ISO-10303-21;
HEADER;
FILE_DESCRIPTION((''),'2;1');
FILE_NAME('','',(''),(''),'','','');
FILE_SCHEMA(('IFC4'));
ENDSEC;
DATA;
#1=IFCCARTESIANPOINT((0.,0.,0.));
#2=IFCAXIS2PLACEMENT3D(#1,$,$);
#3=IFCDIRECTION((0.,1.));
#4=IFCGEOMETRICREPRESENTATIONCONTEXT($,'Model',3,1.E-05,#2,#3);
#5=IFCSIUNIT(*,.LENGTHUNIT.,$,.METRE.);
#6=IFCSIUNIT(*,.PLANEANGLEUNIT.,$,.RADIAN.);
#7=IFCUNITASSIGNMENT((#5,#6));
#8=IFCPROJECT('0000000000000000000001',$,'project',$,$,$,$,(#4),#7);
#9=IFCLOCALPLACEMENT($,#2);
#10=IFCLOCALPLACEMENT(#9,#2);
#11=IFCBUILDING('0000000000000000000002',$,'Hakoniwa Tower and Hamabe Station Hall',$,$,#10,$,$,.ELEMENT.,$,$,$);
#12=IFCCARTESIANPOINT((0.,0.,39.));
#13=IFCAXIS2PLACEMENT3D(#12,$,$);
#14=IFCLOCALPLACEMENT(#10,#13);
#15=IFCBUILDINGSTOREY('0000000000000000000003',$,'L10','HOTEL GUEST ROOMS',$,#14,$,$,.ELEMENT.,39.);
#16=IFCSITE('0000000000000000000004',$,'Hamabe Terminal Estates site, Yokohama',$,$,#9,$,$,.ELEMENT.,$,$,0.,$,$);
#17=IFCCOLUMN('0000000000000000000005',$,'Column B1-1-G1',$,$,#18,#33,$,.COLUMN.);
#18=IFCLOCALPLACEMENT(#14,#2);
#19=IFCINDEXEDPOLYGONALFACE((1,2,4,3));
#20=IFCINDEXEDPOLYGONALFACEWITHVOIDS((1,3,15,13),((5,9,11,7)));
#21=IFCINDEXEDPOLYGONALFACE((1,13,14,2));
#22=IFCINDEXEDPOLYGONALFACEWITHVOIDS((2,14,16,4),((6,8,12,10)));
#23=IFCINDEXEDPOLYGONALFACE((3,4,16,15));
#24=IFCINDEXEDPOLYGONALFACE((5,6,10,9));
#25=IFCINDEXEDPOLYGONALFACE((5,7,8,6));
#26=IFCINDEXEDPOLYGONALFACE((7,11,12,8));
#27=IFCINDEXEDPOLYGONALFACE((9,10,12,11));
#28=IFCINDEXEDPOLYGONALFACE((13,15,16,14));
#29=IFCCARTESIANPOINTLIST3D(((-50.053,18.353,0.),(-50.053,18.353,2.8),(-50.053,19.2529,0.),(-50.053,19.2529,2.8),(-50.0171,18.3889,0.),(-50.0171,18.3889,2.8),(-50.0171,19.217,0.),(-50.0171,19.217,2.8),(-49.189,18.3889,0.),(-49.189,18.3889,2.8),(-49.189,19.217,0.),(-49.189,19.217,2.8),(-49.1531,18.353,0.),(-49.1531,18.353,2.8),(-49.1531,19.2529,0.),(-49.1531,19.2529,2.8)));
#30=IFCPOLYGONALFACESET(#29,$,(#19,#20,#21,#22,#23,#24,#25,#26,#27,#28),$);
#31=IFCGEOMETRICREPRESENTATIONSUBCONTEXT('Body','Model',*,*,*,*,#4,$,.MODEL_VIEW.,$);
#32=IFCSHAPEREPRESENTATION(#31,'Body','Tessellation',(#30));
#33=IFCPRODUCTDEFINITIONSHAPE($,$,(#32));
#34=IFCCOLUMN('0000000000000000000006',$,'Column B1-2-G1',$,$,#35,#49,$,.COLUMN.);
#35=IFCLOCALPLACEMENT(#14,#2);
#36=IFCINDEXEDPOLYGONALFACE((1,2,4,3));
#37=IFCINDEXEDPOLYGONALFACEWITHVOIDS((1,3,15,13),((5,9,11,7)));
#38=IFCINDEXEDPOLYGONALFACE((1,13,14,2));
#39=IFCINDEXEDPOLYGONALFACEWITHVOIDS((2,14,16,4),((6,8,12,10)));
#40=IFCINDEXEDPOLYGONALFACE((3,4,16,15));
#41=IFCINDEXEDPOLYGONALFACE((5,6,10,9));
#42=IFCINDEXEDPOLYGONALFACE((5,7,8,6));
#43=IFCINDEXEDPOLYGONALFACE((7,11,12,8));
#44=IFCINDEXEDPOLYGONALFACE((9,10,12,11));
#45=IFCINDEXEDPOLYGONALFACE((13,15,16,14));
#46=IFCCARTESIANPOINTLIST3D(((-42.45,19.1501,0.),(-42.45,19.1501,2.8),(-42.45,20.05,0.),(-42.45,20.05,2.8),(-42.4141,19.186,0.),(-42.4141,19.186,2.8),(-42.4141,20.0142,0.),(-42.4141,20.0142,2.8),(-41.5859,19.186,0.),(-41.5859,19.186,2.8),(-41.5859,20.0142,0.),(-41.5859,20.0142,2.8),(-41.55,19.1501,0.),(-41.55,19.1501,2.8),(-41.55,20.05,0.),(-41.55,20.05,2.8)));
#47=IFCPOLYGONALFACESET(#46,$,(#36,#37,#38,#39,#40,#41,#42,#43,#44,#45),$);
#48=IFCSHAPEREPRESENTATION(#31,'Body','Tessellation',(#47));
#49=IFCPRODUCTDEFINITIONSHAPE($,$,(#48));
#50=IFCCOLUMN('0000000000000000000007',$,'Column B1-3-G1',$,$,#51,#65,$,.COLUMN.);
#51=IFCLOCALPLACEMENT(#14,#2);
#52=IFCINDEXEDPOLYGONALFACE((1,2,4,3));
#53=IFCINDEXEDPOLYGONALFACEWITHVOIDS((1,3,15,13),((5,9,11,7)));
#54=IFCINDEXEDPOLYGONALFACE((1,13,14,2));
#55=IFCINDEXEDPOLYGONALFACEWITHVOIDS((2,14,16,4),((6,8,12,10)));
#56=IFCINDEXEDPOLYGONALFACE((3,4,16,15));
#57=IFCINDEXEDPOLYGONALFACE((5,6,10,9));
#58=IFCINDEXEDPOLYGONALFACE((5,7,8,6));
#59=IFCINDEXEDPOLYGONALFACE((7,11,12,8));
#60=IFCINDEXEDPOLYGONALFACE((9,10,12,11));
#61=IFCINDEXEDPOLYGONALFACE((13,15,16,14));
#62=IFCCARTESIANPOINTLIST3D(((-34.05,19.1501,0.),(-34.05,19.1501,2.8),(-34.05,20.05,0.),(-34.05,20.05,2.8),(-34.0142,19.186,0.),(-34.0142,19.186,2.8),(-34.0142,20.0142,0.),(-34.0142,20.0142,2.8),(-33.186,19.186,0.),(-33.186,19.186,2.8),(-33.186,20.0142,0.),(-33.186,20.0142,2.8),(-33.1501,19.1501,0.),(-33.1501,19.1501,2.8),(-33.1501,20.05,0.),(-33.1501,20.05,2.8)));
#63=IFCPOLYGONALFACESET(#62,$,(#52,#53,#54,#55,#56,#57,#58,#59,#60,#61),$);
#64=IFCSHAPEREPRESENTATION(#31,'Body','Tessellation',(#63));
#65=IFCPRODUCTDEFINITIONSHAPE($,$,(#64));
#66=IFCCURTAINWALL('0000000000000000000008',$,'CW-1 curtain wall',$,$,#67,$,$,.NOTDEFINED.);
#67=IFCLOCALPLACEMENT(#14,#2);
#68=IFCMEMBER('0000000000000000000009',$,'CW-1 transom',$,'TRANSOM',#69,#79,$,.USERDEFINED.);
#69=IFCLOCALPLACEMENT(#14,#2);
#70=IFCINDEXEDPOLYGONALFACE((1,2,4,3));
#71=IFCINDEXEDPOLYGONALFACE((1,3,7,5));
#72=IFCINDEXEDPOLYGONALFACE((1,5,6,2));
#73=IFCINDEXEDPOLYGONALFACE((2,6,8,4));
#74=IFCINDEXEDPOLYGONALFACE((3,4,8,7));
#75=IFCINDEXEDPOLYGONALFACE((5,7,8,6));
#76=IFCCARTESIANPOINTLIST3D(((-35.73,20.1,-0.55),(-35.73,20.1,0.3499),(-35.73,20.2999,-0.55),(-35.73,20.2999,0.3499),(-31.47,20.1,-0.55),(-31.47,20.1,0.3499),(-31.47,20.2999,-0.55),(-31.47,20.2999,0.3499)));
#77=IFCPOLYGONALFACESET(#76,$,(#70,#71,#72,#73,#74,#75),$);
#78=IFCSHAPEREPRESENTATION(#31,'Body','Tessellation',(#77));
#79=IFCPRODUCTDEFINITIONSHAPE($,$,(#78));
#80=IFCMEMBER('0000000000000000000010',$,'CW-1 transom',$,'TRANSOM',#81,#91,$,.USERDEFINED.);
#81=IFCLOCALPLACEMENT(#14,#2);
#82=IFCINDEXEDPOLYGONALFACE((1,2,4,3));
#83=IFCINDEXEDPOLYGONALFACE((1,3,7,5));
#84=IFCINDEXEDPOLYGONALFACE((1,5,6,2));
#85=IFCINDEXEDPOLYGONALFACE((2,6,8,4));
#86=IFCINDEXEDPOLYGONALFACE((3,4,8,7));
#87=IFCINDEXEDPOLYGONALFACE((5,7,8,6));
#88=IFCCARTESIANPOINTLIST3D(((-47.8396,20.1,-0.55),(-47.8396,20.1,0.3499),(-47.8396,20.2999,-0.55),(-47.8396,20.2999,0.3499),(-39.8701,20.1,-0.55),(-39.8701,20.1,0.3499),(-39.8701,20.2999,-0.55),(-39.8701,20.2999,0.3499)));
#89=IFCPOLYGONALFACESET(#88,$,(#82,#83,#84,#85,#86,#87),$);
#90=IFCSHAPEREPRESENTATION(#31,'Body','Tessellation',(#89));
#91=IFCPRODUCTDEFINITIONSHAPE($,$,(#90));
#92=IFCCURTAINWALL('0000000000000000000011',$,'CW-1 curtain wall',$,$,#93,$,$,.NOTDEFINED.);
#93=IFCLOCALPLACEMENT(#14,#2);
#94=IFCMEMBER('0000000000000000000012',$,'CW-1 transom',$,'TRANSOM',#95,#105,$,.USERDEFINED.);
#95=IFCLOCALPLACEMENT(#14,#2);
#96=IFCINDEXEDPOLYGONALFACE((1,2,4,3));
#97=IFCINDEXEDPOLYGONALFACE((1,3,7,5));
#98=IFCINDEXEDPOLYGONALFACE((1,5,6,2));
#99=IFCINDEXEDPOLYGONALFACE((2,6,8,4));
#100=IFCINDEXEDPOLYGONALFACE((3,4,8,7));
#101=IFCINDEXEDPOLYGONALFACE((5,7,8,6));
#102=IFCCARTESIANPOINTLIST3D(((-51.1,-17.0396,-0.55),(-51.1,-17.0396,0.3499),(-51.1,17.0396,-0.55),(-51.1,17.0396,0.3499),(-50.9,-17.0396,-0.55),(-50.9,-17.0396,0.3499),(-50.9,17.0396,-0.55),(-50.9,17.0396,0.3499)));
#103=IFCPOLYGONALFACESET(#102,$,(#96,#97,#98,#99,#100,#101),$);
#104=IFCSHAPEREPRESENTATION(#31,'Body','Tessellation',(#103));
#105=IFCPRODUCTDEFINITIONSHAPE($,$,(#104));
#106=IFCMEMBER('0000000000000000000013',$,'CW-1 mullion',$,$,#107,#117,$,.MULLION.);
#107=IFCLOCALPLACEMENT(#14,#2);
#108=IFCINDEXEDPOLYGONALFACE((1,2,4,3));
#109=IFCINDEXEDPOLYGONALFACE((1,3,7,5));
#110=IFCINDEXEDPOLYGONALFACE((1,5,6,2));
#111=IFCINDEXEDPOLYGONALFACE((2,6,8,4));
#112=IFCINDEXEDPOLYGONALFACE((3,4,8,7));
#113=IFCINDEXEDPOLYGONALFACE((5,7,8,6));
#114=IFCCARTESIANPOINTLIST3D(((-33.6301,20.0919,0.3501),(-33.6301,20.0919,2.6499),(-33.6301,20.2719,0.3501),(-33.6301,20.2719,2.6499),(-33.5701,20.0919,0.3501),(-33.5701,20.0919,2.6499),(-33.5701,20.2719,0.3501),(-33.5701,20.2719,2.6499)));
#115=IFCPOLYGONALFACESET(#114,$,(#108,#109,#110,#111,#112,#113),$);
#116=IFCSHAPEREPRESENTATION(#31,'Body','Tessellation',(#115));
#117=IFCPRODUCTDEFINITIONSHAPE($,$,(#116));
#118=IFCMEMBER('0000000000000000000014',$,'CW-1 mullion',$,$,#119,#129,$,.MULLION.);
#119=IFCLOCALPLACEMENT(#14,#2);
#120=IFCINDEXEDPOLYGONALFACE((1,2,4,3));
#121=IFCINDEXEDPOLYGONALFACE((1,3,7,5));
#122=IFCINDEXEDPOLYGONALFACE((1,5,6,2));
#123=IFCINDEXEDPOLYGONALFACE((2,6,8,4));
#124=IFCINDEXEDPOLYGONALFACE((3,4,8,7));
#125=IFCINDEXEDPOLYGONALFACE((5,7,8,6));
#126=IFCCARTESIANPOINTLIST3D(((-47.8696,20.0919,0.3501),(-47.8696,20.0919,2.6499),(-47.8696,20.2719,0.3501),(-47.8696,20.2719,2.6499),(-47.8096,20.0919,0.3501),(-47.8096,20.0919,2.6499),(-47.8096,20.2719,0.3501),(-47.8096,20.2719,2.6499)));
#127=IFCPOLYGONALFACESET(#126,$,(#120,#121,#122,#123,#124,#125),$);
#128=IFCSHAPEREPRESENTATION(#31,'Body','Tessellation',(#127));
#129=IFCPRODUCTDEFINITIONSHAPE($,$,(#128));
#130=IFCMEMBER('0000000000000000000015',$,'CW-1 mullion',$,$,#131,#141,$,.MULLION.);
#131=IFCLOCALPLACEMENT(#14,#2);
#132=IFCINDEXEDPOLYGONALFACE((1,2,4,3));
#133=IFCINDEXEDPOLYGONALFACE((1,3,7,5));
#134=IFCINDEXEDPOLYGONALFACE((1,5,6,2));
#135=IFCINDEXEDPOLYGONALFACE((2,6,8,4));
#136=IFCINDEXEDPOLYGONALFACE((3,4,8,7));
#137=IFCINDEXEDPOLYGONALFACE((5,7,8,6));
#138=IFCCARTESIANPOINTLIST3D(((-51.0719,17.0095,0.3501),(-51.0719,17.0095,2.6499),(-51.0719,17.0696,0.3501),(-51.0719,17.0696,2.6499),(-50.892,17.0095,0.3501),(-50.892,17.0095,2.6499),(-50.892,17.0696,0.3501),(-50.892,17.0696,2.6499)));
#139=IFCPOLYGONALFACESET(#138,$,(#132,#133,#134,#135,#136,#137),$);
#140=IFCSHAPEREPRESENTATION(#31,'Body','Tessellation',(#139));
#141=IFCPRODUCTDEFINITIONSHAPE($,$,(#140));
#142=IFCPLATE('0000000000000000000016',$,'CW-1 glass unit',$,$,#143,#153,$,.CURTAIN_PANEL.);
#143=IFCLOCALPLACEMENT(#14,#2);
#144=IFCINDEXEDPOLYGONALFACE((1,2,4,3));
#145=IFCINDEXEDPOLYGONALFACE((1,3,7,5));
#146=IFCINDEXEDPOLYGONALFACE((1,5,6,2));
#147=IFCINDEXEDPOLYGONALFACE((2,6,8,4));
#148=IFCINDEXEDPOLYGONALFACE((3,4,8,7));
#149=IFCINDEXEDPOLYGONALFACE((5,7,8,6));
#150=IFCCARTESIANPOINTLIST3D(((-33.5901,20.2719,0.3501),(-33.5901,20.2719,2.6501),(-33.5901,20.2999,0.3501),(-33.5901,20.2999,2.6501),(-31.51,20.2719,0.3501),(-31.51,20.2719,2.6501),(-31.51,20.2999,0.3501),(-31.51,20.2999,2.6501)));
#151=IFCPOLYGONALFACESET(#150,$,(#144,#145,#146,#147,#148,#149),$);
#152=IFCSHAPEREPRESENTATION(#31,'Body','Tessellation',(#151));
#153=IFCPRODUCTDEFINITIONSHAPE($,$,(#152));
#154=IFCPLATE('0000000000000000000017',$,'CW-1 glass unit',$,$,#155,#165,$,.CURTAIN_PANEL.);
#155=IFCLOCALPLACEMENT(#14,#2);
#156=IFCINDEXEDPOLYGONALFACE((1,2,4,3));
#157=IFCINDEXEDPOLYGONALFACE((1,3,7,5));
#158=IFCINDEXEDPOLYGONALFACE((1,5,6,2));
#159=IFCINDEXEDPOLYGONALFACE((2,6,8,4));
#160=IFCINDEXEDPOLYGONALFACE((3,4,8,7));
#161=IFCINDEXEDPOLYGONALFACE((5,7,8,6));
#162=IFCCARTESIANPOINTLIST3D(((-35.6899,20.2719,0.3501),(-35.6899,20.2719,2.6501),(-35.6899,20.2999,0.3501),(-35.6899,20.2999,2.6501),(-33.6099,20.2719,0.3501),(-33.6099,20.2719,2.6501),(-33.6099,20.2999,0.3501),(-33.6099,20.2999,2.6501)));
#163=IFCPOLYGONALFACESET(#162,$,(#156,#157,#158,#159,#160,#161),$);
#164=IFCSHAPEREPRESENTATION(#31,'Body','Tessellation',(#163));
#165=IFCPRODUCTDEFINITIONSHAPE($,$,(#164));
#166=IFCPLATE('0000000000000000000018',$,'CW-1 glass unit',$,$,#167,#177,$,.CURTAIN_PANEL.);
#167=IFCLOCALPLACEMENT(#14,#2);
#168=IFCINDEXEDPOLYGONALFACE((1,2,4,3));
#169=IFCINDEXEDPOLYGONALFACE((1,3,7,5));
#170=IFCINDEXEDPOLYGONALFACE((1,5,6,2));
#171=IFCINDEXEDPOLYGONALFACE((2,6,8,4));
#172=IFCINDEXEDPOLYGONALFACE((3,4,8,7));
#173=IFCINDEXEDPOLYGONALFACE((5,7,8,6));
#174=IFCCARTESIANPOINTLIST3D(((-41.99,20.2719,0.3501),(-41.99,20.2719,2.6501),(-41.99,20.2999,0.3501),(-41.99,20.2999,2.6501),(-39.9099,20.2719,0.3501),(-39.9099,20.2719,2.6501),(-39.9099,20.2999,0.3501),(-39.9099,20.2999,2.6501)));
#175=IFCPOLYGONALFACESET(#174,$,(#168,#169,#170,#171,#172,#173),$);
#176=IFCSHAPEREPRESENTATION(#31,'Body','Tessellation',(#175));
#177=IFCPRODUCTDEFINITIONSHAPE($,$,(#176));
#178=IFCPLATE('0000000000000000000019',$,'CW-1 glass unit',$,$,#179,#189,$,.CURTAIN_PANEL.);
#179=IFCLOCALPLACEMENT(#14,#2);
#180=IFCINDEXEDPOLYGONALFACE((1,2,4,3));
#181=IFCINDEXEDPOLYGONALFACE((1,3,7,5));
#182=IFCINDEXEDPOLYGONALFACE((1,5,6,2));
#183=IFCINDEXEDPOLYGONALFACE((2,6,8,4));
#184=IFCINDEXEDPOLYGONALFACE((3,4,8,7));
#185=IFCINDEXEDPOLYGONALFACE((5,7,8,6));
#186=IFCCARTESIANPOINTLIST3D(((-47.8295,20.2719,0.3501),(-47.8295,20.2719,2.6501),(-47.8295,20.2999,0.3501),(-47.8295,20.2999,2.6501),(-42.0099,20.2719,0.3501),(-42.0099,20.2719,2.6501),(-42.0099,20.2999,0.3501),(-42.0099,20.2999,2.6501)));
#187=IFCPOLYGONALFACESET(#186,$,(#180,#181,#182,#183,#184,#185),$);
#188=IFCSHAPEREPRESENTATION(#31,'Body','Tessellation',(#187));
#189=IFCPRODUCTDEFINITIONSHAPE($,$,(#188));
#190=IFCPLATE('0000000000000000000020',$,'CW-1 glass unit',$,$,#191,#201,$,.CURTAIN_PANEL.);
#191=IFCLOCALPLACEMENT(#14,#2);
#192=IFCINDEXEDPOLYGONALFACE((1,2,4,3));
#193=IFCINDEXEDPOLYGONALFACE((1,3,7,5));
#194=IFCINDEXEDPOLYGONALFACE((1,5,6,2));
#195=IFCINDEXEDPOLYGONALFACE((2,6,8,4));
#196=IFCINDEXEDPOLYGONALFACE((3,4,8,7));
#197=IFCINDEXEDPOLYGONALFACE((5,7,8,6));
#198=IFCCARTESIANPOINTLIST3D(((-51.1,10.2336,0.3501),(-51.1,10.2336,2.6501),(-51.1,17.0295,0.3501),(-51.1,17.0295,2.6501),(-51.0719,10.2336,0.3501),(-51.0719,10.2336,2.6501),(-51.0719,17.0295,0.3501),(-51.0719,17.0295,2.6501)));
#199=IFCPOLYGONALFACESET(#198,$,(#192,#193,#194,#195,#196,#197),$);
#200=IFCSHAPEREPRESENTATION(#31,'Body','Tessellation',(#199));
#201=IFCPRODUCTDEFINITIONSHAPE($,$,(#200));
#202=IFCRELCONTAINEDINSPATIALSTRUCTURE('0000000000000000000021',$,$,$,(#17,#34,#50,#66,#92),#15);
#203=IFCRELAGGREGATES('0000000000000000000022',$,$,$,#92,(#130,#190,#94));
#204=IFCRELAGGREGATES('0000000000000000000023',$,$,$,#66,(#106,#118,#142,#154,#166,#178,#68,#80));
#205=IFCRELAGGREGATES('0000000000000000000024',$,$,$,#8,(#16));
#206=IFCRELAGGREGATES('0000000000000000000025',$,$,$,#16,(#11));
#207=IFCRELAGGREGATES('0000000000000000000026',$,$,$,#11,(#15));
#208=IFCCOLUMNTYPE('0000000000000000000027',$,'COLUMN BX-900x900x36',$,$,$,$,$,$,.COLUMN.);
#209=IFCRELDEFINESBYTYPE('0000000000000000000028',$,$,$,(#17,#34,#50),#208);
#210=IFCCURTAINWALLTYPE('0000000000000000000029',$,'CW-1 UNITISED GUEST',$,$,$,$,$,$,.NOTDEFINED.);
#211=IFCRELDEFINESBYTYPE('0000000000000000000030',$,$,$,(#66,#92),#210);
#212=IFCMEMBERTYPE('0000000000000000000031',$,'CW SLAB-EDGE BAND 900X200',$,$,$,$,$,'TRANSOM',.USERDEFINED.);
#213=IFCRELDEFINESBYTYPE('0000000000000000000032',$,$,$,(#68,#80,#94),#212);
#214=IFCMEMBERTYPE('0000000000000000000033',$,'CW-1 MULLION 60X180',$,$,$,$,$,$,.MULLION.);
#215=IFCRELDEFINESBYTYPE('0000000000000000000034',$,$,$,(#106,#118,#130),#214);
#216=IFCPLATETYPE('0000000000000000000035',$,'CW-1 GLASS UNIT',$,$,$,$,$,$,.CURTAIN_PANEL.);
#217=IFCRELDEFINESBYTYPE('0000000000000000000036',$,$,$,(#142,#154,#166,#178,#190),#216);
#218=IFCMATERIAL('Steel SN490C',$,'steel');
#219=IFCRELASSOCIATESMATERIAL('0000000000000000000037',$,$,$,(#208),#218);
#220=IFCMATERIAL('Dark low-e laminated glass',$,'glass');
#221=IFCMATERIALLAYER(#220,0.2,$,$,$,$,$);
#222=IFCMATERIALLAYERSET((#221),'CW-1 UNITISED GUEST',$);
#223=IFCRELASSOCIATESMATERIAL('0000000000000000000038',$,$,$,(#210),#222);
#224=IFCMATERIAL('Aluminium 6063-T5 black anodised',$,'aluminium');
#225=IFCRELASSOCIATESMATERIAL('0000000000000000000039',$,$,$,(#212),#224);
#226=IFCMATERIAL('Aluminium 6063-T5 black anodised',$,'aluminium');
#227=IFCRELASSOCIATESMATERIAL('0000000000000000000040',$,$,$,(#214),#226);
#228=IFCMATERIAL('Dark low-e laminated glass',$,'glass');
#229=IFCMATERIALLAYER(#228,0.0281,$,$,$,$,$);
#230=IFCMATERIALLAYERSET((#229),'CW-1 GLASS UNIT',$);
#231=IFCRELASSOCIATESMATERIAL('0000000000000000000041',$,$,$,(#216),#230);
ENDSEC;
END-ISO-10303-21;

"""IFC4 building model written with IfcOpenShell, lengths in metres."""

from ifc_helpers import new_model, si_unit, direction, frame, origin, origin_2d, place, context, subcontext, project, spatial, rectangle, hollow_rectangle, extrude, material, layer, layer_set, material_profile, profile_set, type_object, element, aggregate, save


model = new_model("IFC4")

# Units and contexts
model_context = context("Model", 3, precision=1e-05, world=origin(), true_north=direction((0.0, 1.0)))
body_context = subcontext(model_context, "Body", "Model", "MODEL_VIEW")
ifc_project = project(units=[si_unit("LENGTHUNIT", "METRE"), si_unit("PLANEANGLEUNIT", "RADIAN")], contexts=[model_context])

# Site, building, storey
site_placement = place(None, origin())
site = spatial("IfcSite", under=ifc_project, at=site_placement, Name="Hamabe Terminal Estates site, Yokohama", CompositionType="ELEMENT", RefElevation=0.0)
building_placement = place(site_placement, origin())
building = spatial("IfcBuilding", under=site, at=building_placement, Name="Hakoniwa Tower and Hamabe Station Hall", CompositionType="ELEMENT")
storey_placement = place(building_placement, frame((0.0, 0.0, 39.0)))
storey = spatial("IfcBuildingStorey", under=building, at=storey_placement, Name="L10", Description="HOTEL GUEST ROOMS", CompositionType="ELEMENT", Elevation=39.0)

# Columns
ifc_material_1 = material(Name="Steel SN490C", Category="steel")
ifc_material_profile_1 = material_profile(ifc_material_1, hollow_rectangle(XDim=0.8999, YDim=0.8999, WallThickness=0.0359, at=origin_2d()), Name="BX-900x900x36")
ifc_profile_set_1 = profile_set([ifc_material_profile_1], Name="Steel SN490C")
column_type = type_object("IfcColumnType", Name="COLUMN BX-900x900x36", PredefinedType="COLUMN", material=ifc_profile_set_1)
for number, where, z_axis, x_axis, name in (
    (1, (-49.603, 18.803, 0.0), (0.0, 0.0, 1.0), (1.0, 0.0, 0.0), "Column B1-1-G1"),
    (2, (-42.0, 19.6001, 0.0), (0.0, 0.0, 1.0), (1.0, 0.0, 0.0), "Column B1-2-G1"),
    (3, (-33.6001, 19.6001, 0.0), (0.0, 0.0, 1.0), (1.0, 0.0, 0.0), "Column B1-3-G1"),
):
    element("IfcColumn", number, at=place(storey_placement, frame(where, z_axis=z_axis, x_axis=x_axis)), inside=storey, type_object=column_type, Name=name, PredefinedType="COLUMN", context=body_context, shape_type="SweptSolid", body=[
        extrude(hollow_rectangle(XDim=0.8999, YDim=0.8999, WallThickness=0.0359, at=origin_2d()), origin(), (0.0, 0.0, 1.0), 2.8),
    ])

# Curtain wall, members
ifc_material_2 = material(Name="Dark low-e laminated glass", Category="glass")
ifc_layer_1 = layer(ifc_material_2, 0.2)
ifc_layer_set_1 = layer_set([ifc_layer_1], Name="CW-1 UNITISED GUEST")
curtain_wall_type = type_object("IfcCurtainWallType", Name="CW-1 UNITISED GUEST", PredefinedType="NOTDEFINED", material=ifc_layer_set_1)
curtain_wall_1_placement = place(storey_placement, origin())
curtain_wall_1 = element("IfcCurtainWall", 4, at=curtain_wall_1_placement, inside=storey, type_object=curtain_wall_type, Name="CW-1 curtain wall", PredefinedType="NOTDEFINED")
ifc_material_3 = material(Name="Aluminium 6063-T5 black anodised", Category="aluminium")
ifc_material_profile_2 = material_profile(ifc_material_3, rectangle(XDim=0.2, YDim=0.8999, at=origin_2d()), Name="CW SLAB-EDGE BAND 900X200")
ifc_profile_set_2 = profile_set([ifc_material_profile_2], Name="Aluminium 6063-T5 black anodised")
member_type_1 = type_object("IfcMemberType", Name="CW SLAB-EDGE BAND 900X200", ElementType="TRANSOM", PredefinedType="USERDEFINED", material=ifc_profile_set_2)
member_1_placement = place(storey_placement, frame((-31.47, 20.2, -0.1001), z_axis=(-1.0, 0.0, 0.0), x_axis=(0.0, -1.0, 0.0)))
member_1 = element("IfcMember", 5, at=member_1_placement, type_object=member_type_1, Name="CW-1 transom", ObjectType="TRANSOM", PredefinedType="USERDEFINED", context=body_context, shape_type="SweptSolid", body=[
    extrude(rectangle(XDim=0.2, YDim=0.8999, at=origin_2d()), origin(), (0.0, 0.0, 1.0), 4.26),
])
member_2_placement = place(storey_placement, frame((-39.8701, 20.2, -0.1001), z_axis=(-1.0, 0.0, 0.0), x_axis=(0.0, -1.0, 0.0)))
member_2 = element("IfcMember", 6, at=member_2_placement, type_object=member_type_1, Name="CW-1 transom", ObjectType="TRANSOM", PredefinedType="USERDEFINED", context=body_context, shape_type="SweptSolid", body=[
    extrude(rectangle(XDim=0.2, YDim=0.8999, at=origin_2d()), origin(), (0.0, 0.0, 1.0), 7.9695),
])

# Curtain wall, member
curtain_wall_2_placement = place(storey_placement, origin())
curtain_wall_2 = element("IfcCurtainWall", 7, at=curtain_wall_2_placement, inside=storey, type_object=curtain_wall_type, Name="CW-1 curtain wall", PredefinedType="NOTDEFINED")
member_3_placement = place(storey_placement, frame((-51.0, 17.0396, -0.1001), z_axis=(0.0, -1.0, 0.0), x_axis=(1.0, 0.0, 0.0)))
member_3 = element("IfcMember", 8, at=member_3_placement, type_object=member_type_1, Name="CW-1 transom", ObjectType="TRANSOM", PredefinedType="USERDEFINED", context=body_context, shape_type="SweptSolid", body=[
    extrude(rectangle(XDim=0.2, YDim=0.8999, at=origin_2d()), origin(), (0.0, 0.0, 1.0), 34.0791),
])

# Members
ifc_material_4 = material(Name="Aluminium 6063-T5 black anodised", Category="aluminium")
ifc_material_profile_3 = material_profile(ifc_material_4, rectangle(XDim=0.0601, YDim=0.1799, at=origin_2d()), Name="CW-1 MULLION 60X180")
ifc_profile_set_3 = profile_set([ifc_material_profile_3], Name="Aluminium 6063-T5 black anodised")
member_type_2 = type_object("IfcMemberType", Name="CW-1 MULLION 60X180", PredefinedType="MULLION", material=ifc_profile_set_3)
member_4_placement = place(storey_placement, frame((-33.6001, 20.1819, 0.3501), z_axis=(0.0, 0.0, 1.0), x_axis=(-1.0, 0.0, 0.0)))
member_4 = element("IfcMember", 9, at=member_4_placement, type_object=member_type_2, Name="CW-1 mullion", PredefinedType="MULLION", context=body_context, shape_type="SweptSolid", body=[
    extrude(rectangle(XDim=0.0601, YDim=0.1799, at=origin_2d()), origin(), (0.0, 0.0, 1.0), 2.2998),
])
member_5_placement = place(storey_placement, frame((-47.8396, 20.1819, 0.3501), z_axis=(0.0, 0.0, 1.0), x_axis=(-1.0, 0.0, 0.0)))
member_5 = element("IfcMember", 10, at=member_5_placement, type_object=member_type_2, Name="CW-1 mullion", PredefinedType="MULLION", context=body_context, shape_type="SweptSolid", body=[
    extrude(rectangle(XDim=0.0601, YDim=0.1799, at=origin_2d()), origin(), (0.0, 0.0, 1.0), 2.2998),
])
member_6_placement = place(storey_placement, frame((-50.9819, 17.0396, 0.3501), z_axis=(0.0, 0.0, 1.0), x_axis=(0.0, -1.0, 0.0)))
member_6 = element("IfcMember", 11, at=member_6_placement, type_object=member_type_2, Name="CW-1 mullion", PredefinedType="MULLION", context=body_context, shape_type="SweptSolid", body=[
    extrude(rectangle(XDim=0.0601, YDim=0.1799, at=origin_2d()), origin(), (0.0, 0.0, 1.0), 2.2998),
])

# Plates
ifc_material_5 = material(Name="Dark low-e laminated glass", Category="glass")
ifc_layer_2 = layer(ifc_material_5, 0.0281)
ifc_layer_set_2 = layer_set([ifc_layer_2], Name="CW-1 GLASS UNIT")
plate_type = type_object("IfcPlateType", Name="CW-1 GLASS UNIT", PredefinedType="CURTAIN_PANEL", material=ifc_layer_set_2)
plate_1_placement = place(storey_placement, frame((-32.55, 20.2859, 0.3501), z_axis=(0.0, 0.0, 1.0), x_axis=(-1.0, 0.0, 0.0)))
plate_1 = element("IfcPlate", 12, at=plate_1_placement, type_object=plate_type, Name="CW-1 glass unit", PredefinedType="CURTAIN_PANEL", context=body_context, shape_type="SweptSolid", body=[
    extrude(rectangle(XDim=2.0801, YDim=0.0281, at=origin_2d()), origin(), (0.0, 0.0, 1.0), 2.3),
])
plate_2_placement = place(storey_placement, frame((-34.6499, 20.2859, 0.3501), z_axis=(0.0, 0.0, 1.0), x_axis=(-1.0, 0.0, 0.0)))
plate_2 = element("IfcPlate", 13, at=plate_2_placement, type_object=plate_type, Name="CW-1 glass unit", PredefinedType="CURTAIN_PANEL", context=body_context, shape_type="SweptSolid", body=[
    extrude(rectangle(XDim=2.0801, YDim=0.0281, at=origin_2d()), origin(), (0.0, 0.0, 1.0), 2.3),
])
plate_3_placement = place(storey_placement, frame((-40.95, 20.2859, 0.3501), z_axis=(0.0, 0.0, 1.0), x_axis=(-1.0, 0.0, 0.0)))
plate_3 = element("IfcPlate", 14, at=plate_3_placement, type_object=plate_type, Name="CW-1 glass unit", PredefinedType="CURTAIN_PANEL", context=body_context, shape_type="SweptSolid", body=[
    extrude(rectangle(XDim=2.0801, YDim=0.0281, at=origin_2d()), origin(), (0.0, 0.0, 1.0), 2.3),
])
plate_4_placement = place(storey_placement, frame((-44.9197, 20.2859, 0.3501), z_axis=(0.0, 0.0, 1.0), x_axis=(-1.0, 0.0, 0.0)))
plate_4 = element("IfcPlate", 15, at=plate_4_placement, type_object=plate_type, Name="CW-1 glass unit", PredefinedType="CURTAIN_PANEL", context=body_context, shape_type="SweptSolid", body=[
    extrude(rectangle(XDim=5.8196, YDim=0.0281, at=origin_2d()), origin(), (0.0, 0.0, 1.0), 2.3),
])
plate_5_placement = place(storey_placement, frame((-51.0859, 13.6316, 0.3501), z_axis=(0.0, 0.0, 1.0), x_axis=(0.0, -1.0, 0.0)))
plate_5 = element("IfcPlate", 16, at=plate_5_placement, type_object=plate_type, Name="CW-1 glass unit", PredefinedType="CURTAIN_PANEL", context=body_context, shape_type="SweptSolid", body=[
    extrude(rectangle(XDim=6.7959, YDim=0.0281, at=origin_2d()), origin(), (0.0, 0.0, 1.0), 2.3),
])
aggregate(curtain_wall_2, [member_6, plate_5, member_3])

aggregate(curtain_wall_1, [member_4, member_5, plate_1, plate_2, plate_3, plate_4, member_1, member_2])

save(model, "model.ifc")
